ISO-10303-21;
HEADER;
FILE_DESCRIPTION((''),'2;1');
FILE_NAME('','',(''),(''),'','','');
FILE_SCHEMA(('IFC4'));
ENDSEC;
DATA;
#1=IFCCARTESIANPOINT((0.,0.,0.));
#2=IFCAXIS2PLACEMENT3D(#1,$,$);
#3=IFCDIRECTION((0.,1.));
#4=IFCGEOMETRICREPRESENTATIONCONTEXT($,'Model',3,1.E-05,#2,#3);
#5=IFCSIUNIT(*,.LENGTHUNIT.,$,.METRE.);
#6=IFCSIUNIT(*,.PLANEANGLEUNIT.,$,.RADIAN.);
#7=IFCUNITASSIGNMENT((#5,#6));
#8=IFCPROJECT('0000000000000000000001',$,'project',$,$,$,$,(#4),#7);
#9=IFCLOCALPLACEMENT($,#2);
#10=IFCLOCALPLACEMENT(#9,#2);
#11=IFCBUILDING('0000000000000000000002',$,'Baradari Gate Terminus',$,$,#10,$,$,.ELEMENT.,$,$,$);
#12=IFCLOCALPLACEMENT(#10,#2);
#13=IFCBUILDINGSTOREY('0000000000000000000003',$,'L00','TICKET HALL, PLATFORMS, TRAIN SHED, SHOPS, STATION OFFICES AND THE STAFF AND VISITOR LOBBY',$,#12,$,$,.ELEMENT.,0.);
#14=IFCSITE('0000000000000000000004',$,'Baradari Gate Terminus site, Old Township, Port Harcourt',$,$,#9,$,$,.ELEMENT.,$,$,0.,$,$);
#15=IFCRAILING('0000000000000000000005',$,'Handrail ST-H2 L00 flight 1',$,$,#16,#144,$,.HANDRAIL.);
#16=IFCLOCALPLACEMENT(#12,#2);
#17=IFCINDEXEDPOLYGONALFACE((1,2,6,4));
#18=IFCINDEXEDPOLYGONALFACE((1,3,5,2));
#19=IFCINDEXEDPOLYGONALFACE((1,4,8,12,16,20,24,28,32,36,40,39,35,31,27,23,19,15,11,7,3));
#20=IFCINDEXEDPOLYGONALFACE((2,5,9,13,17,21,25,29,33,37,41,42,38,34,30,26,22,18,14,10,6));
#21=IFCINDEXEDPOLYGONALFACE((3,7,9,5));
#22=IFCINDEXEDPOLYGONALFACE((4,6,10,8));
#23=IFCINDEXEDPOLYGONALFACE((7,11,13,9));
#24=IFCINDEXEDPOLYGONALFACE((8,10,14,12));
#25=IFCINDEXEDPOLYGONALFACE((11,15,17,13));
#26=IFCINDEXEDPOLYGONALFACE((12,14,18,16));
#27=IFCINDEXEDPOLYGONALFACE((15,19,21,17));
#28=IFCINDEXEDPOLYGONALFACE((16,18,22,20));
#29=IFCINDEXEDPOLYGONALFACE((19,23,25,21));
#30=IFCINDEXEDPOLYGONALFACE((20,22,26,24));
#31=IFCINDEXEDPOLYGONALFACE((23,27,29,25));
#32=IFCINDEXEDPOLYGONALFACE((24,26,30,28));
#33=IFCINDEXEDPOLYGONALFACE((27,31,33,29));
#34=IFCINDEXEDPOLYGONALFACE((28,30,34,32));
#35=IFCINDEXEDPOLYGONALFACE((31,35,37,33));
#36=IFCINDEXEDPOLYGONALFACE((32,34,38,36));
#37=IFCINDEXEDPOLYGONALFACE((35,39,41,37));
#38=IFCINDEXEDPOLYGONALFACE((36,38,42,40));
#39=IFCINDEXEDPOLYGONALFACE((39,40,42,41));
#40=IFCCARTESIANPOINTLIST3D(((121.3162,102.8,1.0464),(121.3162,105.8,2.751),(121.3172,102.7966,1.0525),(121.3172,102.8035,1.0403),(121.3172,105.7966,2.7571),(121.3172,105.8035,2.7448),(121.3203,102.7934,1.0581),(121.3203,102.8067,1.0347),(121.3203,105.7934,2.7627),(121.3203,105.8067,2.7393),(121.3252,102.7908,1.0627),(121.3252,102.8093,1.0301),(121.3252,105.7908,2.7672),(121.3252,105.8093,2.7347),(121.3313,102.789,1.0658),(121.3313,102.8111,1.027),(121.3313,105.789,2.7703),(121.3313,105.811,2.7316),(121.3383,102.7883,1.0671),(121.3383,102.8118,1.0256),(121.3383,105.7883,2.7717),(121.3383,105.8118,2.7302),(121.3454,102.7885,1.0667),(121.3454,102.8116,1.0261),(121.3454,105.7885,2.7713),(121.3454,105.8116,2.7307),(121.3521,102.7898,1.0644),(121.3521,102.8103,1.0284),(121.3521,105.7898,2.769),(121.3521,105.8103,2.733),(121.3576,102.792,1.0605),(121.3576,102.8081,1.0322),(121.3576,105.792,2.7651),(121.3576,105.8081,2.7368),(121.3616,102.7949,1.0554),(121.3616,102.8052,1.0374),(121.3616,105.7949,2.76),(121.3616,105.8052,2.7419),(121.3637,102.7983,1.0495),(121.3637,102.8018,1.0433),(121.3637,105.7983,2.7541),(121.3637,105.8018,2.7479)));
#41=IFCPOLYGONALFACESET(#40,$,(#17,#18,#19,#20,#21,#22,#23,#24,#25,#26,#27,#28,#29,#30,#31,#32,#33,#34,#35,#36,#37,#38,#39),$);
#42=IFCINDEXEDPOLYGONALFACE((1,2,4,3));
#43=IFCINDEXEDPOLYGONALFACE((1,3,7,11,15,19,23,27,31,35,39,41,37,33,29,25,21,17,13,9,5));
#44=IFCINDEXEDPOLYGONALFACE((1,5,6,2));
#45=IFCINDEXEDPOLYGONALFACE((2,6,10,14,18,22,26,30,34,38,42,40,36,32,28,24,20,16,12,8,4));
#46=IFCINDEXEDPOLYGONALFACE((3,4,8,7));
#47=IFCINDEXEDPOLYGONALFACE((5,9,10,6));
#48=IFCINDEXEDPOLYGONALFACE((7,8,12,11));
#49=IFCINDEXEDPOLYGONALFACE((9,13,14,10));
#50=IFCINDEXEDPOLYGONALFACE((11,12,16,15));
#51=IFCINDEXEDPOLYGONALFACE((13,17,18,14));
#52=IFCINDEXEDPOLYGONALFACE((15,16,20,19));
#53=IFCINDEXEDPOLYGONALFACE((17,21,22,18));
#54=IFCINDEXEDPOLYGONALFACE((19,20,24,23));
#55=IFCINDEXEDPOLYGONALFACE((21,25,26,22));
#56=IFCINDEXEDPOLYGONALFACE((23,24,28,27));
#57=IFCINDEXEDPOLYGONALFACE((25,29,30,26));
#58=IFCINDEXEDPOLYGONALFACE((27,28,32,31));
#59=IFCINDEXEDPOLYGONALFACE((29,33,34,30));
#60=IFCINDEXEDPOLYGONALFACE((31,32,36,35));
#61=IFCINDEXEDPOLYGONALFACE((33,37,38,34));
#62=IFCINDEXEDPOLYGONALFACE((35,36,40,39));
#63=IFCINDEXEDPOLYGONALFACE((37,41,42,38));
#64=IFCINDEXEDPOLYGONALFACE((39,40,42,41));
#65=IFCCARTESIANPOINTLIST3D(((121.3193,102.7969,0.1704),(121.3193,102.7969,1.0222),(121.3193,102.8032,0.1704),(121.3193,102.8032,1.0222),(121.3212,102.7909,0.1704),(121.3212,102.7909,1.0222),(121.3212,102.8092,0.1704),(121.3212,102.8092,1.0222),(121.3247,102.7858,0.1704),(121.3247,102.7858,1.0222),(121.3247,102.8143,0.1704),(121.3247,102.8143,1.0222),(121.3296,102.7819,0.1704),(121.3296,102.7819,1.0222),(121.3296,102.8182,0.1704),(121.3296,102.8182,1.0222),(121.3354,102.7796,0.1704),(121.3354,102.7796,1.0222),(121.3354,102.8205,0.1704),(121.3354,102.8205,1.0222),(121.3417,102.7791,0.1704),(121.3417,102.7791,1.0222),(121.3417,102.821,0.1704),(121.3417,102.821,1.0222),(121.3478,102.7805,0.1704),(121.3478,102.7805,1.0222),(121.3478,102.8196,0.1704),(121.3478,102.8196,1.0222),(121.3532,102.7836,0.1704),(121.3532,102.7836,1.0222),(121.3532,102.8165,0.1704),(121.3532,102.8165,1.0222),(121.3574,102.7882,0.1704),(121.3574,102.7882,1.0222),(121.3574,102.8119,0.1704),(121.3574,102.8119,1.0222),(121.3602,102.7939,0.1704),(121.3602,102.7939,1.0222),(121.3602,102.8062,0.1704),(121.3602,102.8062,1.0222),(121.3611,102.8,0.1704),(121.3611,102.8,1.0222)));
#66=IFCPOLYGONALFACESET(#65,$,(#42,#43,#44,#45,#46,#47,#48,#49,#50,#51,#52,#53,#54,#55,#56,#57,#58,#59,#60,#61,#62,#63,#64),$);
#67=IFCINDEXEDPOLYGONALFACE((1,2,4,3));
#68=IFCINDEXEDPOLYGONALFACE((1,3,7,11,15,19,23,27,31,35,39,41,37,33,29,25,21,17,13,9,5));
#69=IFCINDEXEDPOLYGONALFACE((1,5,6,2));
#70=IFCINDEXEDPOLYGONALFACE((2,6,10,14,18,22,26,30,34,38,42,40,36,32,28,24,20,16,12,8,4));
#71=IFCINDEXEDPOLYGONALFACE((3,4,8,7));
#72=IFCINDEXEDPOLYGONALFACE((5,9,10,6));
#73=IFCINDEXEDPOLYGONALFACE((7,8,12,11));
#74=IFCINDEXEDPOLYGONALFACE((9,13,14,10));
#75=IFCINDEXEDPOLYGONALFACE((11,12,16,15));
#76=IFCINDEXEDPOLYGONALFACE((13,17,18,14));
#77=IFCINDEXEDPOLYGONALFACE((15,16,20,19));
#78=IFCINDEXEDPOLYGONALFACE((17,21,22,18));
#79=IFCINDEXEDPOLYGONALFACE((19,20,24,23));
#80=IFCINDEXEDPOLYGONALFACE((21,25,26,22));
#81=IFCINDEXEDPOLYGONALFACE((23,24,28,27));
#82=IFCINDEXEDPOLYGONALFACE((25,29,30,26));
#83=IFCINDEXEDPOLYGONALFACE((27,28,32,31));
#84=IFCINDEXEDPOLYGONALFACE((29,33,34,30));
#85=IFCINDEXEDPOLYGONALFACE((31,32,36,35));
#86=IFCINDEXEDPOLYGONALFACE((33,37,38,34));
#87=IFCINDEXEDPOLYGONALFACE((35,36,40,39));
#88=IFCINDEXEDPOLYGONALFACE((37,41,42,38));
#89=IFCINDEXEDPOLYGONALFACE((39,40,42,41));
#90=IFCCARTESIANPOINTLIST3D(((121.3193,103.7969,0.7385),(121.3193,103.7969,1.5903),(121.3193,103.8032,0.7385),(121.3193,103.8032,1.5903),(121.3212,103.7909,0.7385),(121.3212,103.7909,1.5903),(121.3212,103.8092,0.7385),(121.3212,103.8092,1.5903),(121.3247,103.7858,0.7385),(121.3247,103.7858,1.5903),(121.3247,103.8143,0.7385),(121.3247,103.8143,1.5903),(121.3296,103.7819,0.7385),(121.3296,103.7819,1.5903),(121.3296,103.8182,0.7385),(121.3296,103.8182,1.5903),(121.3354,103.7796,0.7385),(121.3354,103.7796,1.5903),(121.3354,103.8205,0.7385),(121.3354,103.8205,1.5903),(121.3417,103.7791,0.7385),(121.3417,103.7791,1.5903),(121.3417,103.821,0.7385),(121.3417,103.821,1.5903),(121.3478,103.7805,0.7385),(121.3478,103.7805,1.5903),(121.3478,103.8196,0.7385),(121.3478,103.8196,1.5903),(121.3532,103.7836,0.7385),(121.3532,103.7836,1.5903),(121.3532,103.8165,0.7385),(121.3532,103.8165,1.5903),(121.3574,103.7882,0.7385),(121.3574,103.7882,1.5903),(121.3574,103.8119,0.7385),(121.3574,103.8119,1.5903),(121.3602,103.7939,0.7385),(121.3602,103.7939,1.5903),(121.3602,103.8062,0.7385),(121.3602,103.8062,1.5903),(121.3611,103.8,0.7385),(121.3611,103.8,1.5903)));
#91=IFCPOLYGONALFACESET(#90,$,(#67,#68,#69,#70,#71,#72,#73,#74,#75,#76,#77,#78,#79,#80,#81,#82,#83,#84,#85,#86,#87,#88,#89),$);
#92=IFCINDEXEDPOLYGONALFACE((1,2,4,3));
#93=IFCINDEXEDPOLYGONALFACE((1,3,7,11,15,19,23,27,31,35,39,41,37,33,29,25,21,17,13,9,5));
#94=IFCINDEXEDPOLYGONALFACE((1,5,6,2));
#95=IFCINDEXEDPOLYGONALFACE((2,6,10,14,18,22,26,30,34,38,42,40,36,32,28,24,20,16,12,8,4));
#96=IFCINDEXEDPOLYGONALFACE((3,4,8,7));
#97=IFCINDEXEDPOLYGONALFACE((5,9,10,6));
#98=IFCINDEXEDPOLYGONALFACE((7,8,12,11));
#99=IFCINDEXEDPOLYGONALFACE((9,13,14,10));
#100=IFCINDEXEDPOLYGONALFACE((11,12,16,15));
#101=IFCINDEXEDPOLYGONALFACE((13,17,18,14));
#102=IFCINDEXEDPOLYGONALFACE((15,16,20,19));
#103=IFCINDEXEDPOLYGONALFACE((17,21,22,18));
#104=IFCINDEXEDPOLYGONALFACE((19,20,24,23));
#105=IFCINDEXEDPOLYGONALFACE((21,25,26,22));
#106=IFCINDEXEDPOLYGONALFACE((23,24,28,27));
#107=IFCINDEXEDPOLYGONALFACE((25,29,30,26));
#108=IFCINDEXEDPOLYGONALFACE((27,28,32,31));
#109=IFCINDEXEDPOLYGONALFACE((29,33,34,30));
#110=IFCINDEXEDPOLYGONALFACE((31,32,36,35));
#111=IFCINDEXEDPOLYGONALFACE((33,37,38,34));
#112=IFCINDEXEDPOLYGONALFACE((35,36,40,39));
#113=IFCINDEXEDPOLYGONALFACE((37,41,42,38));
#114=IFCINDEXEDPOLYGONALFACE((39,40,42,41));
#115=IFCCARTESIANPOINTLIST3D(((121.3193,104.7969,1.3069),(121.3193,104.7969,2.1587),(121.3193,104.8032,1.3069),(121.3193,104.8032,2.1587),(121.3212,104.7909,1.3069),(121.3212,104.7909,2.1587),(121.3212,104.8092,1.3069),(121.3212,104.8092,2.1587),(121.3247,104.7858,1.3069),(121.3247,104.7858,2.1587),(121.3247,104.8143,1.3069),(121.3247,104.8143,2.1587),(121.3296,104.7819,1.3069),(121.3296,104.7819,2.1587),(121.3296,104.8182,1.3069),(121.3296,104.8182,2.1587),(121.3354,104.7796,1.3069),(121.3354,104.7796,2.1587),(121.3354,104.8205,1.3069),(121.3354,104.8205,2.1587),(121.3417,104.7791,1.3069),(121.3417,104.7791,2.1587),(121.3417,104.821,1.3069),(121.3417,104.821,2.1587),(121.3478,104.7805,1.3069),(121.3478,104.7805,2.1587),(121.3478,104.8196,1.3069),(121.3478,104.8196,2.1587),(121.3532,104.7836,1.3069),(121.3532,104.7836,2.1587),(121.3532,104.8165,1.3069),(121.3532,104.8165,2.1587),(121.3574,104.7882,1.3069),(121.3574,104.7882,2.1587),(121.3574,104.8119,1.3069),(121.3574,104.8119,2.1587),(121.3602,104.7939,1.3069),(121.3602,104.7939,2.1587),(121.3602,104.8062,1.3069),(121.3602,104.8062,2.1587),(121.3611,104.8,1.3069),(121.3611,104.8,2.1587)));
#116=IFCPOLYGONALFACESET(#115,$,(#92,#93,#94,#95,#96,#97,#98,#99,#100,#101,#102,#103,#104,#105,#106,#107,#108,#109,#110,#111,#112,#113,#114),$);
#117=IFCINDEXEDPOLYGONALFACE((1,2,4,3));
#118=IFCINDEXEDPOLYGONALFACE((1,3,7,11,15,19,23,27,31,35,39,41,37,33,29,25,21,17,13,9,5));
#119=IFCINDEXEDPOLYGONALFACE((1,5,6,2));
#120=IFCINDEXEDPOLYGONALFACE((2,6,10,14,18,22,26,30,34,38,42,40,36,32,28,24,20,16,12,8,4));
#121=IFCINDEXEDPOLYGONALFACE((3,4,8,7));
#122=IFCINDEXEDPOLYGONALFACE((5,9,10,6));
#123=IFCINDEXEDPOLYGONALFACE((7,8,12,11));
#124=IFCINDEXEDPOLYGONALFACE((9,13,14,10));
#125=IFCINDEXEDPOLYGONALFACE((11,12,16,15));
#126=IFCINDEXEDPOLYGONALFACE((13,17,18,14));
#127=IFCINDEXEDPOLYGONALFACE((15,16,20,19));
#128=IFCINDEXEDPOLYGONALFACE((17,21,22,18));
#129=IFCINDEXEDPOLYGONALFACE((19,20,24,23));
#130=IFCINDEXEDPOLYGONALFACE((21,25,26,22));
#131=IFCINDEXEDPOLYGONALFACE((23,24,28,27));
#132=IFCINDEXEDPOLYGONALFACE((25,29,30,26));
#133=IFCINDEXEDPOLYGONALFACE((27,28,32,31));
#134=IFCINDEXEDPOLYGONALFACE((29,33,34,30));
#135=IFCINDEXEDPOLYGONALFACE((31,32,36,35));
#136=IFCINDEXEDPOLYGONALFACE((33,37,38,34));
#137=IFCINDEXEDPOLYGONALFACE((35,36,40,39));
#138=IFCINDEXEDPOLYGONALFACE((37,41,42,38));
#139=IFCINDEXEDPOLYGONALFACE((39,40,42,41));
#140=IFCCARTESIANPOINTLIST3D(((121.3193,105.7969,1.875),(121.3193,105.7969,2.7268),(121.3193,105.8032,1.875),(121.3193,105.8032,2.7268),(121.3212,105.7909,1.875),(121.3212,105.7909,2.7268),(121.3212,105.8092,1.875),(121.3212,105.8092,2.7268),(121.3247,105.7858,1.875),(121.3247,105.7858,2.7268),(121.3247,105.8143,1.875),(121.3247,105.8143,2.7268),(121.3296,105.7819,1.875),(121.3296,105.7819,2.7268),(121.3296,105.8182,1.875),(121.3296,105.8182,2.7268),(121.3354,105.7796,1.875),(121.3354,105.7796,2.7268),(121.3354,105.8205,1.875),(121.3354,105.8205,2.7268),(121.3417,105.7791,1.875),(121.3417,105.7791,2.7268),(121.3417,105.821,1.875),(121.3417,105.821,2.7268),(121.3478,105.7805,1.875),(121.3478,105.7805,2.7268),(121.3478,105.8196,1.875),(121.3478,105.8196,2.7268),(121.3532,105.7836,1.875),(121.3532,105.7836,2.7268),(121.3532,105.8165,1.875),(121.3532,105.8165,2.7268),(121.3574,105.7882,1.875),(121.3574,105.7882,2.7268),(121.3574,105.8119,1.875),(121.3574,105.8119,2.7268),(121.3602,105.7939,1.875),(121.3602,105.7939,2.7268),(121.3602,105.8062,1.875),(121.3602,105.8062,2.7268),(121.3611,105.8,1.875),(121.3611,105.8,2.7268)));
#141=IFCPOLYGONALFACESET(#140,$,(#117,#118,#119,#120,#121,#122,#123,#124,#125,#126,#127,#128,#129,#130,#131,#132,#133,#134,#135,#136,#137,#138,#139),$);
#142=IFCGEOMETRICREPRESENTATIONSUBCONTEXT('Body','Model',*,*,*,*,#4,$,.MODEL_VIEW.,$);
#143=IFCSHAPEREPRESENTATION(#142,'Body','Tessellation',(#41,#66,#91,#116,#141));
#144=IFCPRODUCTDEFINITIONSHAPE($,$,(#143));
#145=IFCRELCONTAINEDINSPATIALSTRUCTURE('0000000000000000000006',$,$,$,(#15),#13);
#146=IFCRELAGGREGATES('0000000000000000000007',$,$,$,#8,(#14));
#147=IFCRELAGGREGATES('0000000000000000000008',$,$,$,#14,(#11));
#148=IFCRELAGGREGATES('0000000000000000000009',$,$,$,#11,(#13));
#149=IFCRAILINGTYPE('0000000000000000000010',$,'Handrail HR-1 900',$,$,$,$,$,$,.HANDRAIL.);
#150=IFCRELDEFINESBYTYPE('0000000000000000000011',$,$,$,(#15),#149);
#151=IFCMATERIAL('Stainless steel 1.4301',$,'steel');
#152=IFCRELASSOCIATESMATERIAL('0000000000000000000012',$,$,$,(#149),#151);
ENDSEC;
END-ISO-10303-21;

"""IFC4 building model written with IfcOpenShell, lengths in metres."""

from ifc_helpers import new_model, si_unit, direction, frame, origin, origin_2d, place, context, subcontext, project, spatial, circle, extrude, material, type_object, element, save


model = new_model("IFC4")

# Units and contexts
model_context = context("Model", 3, precision=1e-05, world=origin(), true_north=direction((0.0, 1.0)))
body_context = subcontext(model_context, "Body", "Model", "MODEL_VIEW")
ifc_project = project(units=[si_unit("LENGTHUNIT", "METRE"), si_unit("PLANEANGLEUNIT", "RADIAN")], contexts=[model_context])

# Site, building, storey
site_placement = place(None, origin())
site = spatial("IfcSite", under=ifc_project, at=site_placement, Name="Baradari Gate Terminus site, Old Township, Port Harcourt", CompositionType="ELEMENT", RefElevation=0.0)
building_placement = place(site_placement, origin())
building = spatial("IfcBuilding", under=site, at=building_placement, Name="Baradari Gate Terminus", CompositionType="ELEMENT")
storey_placement = place(building_placement, origin())
storey = spatial("IfcBuildingStorey", under=building, at=storey_placement, Name="L00", Description="TICKET HALL, PLATFORMS, TRAIN SHED, SHOPS, STATION OFFICES AND THE STAFF AND VISITOR LOBBY", CompositionType="ELEMENT", Elevation=0.0)

# Railing
ifc_material_1 = material(Name="Stainless steel 1.4301", Category="steel")
railing_type_1 = type_object("IfcRailingType", Name="Handrail HR-1 900", PredefinedType="HANDRAIL", material=ifc_material_1)
for number, where, name in (
    (1, (121.3401, 102.8, 0.1704), "Handrail ST-H2 L00 flight 1"),
):
    element("IfcRailing", number, at=place(storey_placement, frame(where)), inside=storey, type_object=railing_type_1, Name=name, PredefinedType="HANDRAIL", context=body_context, shape_type="SweptSolid", body=[
        extrude(circle(Radius=0.0239, at=origin_2d()), frame((0.0, 0.0, 0.876), z_axis=(0.0, 0.869451, 0.494019), x_axis=(-1.0, 0.0, 0.0)), (0.0, 0.0, 1.0), 3.4504),
        extrude(circle(Radius=0.021, at=origin_2d()), origin(), (0.0, 0.0, 1.0), 0.8518),
        extrude(circle(Radius=0.021, at=origin_2d()), frame((0.0, 1.0, 0.5681)), (0.0, 0.0, 1.0), 0.8518),
        extrude(circle(Radius=0.021, at=origin_2d()), frame((0.0, 2.0, 1.1365)), (0.0, 0.0, 1.0), 0.8518),
        extrude(circle(Radius=0.021, at=origin_2d()), frame((0.0, 3.0, 1.7046)), (0.0, 0.0, 1.0), 0.8518),
    ])

save(model, "model.ifc")
